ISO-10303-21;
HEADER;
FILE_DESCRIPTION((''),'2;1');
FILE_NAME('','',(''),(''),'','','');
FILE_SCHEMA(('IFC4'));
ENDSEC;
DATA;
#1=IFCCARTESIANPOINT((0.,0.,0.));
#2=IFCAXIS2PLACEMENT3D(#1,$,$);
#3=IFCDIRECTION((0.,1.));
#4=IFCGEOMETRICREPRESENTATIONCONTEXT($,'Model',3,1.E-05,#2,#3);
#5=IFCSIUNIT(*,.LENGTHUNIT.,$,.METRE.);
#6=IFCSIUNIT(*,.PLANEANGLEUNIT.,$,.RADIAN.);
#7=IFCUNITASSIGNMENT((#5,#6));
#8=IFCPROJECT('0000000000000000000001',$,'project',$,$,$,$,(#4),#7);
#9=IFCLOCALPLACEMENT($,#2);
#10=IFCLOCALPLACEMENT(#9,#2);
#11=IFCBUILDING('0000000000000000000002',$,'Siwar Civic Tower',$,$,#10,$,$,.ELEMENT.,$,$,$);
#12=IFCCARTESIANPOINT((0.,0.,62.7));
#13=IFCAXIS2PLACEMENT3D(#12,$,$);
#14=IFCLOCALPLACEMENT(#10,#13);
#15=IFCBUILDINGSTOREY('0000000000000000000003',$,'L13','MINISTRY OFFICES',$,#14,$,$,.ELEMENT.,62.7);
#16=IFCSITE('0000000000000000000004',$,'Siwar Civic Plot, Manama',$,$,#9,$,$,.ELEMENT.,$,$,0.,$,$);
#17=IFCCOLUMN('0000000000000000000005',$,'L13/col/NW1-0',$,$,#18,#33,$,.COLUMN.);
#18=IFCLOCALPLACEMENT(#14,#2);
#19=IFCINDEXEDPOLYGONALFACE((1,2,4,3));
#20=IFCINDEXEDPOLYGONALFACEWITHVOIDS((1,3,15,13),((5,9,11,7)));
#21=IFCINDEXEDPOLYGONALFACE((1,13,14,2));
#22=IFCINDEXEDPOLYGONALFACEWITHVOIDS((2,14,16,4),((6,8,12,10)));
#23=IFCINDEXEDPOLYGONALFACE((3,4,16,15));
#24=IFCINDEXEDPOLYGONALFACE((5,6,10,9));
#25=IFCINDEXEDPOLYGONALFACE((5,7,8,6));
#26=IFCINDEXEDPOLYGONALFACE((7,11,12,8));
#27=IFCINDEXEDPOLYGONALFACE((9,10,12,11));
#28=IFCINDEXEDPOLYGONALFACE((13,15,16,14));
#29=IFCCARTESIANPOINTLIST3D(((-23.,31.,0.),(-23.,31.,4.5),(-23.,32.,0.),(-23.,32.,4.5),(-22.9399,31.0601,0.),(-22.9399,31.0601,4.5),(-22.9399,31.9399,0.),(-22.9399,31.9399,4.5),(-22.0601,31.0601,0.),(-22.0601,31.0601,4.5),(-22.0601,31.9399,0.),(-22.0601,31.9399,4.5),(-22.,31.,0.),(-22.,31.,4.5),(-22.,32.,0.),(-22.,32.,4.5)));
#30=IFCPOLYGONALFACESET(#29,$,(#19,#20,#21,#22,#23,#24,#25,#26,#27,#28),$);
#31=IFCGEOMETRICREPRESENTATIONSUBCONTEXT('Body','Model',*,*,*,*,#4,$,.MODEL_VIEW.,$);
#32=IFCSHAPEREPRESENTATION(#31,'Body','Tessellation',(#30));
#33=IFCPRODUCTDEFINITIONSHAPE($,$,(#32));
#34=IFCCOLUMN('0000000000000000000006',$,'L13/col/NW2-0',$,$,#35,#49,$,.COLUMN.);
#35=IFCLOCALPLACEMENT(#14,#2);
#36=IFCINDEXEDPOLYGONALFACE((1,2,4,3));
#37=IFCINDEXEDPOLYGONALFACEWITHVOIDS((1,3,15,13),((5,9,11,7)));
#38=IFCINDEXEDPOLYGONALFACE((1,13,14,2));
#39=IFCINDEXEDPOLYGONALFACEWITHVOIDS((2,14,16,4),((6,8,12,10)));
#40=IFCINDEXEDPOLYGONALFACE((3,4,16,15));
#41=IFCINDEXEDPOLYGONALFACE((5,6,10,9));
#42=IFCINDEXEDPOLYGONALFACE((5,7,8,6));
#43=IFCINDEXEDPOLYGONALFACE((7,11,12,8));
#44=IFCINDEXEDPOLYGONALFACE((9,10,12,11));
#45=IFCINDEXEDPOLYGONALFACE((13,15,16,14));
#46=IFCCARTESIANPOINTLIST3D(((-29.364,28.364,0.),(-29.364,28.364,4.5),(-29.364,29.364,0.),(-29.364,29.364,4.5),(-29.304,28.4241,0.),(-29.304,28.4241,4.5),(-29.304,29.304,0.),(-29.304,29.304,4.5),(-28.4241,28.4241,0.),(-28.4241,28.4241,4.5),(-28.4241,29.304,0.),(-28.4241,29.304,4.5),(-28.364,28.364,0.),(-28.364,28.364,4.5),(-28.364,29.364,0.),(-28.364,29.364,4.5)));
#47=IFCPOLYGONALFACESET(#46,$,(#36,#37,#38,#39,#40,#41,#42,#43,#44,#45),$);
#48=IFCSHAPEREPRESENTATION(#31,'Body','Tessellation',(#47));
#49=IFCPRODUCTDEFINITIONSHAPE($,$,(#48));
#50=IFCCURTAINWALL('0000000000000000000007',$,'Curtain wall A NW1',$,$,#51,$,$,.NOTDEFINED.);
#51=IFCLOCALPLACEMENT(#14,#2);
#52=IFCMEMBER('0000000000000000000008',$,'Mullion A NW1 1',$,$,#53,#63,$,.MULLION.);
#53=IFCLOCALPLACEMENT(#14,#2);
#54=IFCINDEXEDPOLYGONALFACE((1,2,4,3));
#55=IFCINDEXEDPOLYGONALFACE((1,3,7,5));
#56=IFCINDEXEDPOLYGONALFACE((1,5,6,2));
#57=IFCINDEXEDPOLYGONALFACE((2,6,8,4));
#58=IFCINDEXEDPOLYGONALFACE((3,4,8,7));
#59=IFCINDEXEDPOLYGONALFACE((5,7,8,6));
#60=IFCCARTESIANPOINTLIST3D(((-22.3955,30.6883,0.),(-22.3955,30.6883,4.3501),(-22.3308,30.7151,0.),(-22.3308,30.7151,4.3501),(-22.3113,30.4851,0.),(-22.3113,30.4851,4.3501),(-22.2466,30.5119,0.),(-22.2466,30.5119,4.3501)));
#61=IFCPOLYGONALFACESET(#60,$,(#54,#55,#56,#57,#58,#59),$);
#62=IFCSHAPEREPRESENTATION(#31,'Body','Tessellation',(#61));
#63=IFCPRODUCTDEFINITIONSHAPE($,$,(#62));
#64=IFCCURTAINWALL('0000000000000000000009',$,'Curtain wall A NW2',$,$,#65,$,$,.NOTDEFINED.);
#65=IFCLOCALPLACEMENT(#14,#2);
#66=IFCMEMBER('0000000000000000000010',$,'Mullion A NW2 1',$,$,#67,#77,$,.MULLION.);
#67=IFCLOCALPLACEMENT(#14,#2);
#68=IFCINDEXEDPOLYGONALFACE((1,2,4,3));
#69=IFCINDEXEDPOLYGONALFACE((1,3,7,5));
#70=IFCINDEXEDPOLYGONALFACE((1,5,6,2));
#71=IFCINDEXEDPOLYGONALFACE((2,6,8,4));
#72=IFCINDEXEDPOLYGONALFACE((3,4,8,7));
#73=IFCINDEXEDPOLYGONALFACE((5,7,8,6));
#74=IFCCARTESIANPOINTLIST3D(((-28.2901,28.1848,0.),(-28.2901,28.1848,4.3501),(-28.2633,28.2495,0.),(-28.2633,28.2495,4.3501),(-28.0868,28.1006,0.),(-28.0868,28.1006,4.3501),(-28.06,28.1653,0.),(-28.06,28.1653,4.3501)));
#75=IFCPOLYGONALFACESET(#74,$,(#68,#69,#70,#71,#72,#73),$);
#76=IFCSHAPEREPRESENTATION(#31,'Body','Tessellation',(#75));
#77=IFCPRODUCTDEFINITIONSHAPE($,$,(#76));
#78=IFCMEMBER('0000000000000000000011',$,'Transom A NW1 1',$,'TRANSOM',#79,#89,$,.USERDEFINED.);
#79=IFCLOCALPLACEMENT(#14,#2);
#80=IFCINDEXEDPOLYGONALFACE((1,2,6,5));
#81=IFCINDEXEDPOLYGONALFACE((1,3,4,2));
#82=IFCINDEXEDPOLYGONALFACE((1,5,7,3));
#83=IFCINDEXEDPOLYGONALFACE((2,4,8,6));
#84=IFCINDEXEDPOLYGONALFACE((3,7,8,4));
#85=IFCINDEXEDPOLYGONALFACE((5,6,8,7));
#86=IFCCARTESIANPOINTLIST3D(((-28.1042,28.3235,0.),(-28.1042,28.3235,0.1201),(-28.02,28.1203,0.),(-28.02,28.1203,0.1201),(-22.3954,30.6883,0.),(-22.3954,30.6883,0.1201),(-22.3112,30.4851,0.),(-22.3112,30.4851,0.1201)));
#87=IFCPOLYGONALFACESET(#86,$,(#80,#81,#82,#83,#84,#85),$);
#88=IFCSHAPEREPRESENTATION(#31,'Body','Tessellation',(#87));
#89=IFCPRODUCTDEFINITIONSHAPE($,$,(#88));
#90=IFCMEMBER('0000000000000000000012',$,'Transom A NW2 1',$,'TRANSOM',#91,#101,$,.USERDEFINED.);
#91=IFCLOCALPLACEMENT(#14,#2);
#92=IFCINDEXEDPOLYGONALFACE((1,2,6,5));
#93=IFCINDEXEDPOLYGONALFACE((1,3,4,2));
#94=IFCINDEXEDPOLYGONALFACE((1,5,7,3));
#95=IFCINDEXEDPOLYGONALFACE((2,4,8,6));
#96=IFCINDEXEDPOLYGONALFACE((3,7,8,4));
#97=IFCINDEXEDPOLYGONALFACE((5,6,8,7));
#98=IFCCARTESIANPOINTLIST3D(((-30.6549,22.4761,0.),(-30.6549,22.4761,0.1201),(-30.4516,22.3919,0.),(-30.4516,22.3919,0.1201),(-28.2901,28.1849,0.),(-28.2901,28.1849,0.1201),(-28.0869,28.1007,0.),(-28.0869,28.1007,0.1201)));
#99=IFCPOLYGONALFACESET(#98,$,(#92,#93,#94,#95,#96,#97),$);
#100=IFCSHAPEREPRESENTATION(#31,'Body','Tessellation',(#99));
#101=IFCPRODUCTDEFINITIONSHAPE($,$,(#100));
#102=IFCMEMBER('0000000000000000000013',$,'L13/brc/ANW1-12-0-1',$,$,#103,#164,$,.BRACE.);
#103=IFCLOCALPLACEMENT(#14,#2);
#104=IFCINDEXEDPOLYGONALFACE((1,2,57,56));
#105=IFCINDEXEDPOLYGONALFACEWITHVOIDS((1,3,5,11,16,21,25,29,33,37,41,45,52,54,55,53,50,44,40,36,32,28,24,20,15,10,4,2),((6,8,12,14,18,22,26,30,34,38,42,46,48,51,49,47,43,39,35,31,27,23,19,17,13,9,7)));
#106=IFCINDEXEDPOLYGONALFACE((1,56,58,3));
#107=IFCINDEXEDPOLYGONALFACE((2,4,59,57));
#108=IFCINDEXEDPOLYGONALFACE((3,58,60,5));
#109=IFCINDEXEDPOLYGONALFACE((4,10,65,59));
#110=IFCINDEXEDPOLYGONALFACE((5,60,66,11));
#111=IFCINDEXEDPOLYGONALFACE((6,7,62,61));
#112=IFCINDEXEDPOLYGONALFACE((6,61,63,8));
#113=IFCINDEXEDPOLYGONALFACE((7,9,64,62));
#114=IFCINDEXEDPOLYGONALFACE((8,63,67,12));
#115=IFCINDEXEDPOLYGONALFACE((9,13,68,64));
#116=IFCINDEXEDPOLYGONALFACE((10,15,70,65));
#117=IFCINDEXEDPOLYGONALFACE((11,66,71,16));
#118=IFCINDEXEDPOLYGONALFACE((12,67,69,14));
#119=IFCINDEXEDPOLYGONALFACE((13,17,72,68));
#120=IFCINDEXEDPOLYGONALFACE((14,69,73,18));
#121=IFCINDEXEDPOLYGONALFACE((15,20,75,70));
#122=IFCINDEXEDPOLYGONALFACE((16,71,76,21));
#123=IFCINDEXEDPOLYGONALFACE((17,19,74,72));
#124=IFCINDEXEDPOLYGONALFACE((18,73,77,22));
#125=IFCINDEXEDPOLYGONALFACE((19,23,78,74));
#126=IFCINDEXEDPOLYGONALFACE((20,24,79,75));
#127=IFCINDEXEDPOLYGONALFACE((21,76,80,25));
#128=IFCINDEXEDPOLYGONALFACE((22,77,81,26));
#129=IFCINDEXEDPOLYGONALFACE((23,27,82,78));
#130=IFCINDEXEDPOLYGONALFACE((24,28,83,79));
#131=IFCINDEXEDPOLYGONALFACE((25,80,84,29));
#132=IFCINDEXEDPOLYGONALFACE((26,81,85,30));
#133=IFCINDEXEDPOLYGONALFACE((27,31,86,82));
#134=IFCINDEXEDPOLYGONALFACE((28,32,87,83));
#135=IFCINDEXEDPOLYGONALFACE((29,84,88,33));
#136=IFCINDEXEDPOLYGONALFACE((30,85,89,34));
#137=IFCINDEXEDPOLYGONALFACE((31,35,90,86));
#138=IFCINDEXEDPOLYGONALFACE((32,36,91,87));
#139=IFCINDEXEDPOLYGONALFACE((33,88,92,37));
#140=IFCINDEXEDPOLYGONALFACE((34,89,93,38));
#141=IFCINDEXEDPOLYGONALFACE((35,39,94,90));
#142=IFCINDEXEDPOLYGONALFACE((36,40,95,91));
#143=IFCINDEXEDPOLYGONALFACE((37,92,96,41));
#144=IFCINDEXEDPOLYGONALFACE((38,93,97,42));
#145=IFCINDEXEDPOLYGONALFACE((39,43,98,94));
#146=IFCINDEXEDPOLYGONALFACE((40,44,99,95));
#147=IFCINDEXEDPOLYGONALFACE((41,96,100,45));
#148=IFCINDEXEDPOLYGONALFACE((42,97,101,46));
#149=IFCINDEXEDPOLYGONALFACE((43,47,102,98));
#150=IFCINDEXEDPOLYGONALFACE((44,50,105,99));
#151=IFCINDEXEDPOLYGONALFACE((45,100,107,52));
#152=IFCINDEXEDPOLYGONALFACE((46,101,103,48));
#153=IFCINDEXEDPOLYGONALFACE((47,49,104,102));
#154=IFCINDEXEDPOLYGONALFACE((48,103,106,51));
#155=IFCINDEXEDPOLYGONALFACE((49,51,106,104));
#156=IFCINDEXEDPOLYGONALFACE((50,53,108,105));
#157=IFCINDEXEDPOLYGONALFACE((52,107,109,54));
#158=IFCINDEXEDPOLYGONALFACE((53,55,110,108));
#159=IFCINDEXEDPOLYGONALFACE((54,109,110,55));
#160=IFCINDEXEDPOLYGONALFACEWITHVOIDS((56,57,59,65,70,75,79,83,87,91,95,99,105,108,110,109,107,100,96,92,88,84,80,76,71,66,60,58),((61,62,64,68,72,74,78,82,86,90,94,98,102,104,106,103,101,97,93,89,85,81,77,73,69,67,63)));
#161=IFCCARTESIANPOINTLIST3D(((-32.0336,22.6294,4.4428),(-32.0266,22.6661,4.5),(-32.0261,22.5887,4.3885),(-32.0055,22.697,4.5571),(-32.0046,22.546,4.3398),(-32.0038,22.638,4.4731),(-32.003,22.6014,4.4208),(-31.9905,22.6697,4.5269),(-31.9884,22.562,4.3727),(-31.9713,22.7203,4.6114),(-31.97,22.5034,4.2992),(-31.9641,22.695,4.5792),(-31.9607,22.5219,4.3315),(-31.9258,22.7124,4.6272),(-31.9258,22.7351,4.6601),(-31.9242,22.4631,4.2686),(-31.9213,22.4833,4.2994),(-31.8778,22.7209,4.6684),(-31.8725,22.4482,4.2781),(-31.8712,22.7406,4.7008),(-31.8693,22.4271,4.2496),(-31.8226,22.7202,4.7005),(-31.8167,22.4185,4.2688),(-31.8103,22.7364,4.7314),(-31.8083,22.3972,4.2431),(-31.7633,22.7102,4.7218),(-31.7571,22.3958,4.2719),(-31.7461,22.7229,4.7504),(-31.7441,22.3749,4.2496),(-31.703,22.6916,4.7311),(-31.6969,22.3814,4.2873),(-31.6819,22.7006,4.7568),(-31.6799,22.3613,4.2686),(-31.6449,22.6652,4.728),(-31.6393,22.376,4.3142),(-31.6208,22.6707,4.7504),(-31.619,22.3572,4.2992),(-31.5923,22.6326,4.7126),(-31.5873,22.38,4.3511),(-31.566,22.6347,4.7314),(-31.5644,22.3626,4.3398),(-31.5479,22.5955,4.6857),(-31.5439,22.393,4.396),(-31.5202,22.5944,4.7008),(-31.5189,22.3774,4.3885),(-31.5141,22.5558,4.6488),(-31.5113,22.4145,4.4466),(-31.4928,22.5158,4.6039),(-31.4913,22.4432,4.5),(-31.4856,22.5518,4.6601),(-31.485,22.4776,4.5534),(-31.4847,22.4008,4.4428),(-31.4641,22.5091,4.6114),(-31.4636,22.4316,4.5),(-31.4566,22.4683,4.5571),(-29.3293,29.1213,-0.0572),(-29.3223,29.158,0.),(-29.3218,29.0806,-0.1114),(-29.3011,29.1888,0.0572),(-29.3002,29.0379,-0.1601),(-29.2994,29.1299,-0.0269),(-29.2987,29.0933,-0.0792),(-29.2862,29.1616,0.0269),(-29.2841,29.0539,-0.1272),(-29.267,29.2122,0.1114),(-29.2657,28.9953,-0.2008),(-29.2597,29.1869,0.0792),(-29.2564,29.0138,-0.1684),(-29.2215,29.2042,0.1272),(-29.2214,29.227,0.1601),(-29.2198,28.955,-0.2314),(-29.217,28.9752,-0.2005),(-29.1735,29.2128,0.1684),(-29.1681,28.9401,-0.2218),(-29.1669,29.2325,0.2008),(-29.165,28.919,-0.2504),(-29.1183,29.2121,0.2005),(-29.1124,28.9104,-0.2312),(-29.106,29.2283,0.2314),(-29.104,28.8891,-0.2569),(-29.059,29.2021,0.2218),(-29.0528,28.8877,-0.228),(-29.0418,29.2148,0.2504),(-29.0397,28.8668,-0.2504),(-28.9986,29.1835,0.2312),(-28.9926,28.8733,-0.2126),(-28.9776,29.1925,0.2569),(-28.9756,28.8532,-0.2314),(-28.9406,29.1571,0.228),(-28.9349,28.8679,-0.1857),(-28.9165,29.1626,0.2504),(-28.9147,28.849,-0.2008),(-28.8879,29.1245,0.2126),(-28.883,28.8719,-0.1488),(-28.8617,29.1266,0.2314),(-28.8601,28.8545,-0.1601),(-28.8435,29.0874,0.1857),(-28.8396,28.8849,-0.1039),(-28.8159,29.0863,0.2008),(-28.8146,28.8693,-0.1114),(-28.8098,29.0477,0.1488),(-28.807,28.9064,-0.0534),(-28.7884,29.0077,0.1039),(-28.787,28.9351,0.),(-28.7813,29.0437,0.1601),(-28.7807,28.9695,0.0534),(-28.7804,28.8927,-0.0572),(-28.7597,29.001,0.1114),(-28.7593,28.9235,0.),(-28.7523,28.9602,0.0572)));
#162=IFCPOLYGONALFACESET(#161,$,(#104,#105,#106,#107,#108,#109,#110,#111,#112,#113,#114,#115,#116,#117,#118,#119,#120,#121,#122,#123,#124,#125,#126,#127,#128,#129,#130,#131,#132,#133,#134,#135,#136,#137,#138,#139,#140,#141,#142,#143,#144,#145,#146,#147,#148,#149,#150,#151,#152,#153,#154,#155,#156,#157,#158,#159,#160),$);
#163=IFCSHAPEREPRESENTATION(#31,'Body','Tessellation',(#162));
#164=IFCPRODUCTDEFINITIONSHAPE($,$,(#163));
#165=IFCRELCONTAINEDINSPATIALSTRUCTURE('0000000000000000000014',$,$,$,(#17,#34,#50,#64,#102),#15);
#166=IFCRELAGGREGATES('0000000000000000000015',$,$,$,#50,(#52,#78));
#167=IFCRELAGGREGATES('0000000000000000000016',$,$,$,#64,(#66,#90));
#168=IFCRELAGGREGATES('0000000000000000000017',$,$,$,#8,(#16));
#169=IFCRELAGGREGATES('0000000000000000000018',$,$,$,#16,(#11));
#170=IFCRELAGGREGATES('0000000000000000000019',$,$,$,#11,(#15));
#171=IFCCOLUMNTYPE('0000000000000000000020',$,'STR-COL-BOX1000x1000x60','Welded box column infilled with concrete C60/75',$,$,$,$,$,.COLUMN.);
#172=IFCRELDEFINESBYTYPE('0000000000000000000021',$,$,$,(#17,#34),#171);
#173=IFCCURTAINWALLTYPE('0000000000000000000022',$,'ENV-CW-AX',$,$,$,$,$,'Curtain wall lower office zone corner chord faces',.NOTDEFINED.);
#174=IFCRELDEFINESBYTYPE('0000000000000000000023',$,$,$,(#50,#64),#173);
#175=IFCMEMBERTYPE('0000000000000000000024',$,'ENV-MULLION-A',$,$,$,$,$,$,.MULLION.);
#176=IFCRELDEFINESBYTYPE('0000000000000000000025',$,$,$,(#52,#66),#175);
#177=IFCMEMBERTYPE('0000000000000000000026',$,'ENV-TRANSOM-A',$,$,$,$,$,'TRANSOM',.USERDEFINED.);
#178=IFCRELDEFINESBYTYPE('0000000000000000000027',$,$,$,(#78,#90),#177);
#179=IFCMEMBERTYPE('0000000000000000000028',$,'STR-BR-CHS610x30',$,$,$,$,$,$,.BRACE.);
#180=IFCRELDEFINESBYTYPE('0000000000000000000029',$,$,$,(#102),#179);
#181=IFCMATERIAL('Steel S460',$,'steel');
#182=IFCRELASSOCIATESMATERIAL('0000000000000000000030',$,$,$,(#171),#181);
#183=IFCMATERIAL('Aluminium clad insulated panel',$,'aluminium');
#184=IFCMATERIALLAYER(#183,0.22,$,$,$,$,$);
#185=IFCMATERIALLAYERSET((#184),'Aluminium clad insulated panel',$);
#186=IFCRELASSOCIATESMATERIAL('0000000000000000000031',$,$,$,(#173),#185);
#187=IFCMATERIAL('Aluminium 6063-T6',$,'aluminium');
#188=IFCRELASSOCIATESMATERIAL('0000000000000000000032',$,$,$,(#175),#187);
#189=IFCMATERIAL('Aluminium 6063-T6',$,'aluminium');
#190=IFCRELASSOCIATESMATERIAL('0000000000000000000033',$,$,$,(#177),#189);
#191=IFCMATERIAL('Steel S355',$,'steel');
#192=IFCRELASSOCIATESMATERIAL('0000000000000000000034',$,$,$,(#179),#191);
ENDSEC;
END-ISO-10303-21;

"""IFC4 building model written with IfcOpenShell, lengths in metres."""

from ifc_helpers import new_model, si_unit, direction, frame, origin, origin_2d, place, context, subcontext, project, spatial, rectangle, hollow_rectangle, hollow_circle, extrude, material, layer, layer_set, material_profile, profile_set, type_object, element, aggregate, save


model = new_model("IFC4")

# Units and contexts
model_context = context("Model", 3, precision=1e-05, world=origin(), true_north=direction((0.0, 1.0)))
body_context = subcontext(model_context, "Body", "Model", "MODEL_VIEW")
ifc_project = project(units=[si_unit("LENGTHUNIT", "METRE"), si_unit("PLANEANGLEUNIT", "RADIAN")], contexts=[model_context])

# Site, building, storey
site_placement = place(None, origin())
site = spatial("IfcSite", under=ifc_project, at=site_placement, Name="Siwar Civic Plot, Manama", CompositionType="ELEMENT", RefElevation=0.0)
building_placement = place(site_placement, origin())
building = spatial("IfcBuilding", under=site, at=building_placement, Name="Siwar Civic Tower", CompositionType="ELEMENT")
storey_placement = place(building_placement, frame((0.0, 0.0, 62.7)))
storey = spatial("IfcBuildingStorey", under=building, at=storey_placement, Name="L13", Description="MINISTRY OFFICES", CompositionType="ELEMENT", Elevation=62.7)

# Columns
ifc_material_1 = material(Name="Steel S460", Category="steel")
ifc_material_profile_1 = material_profile(ifc_material_1, hollow_rectangle(XDim=1.0, YDim=1.0, WallThickness=0.0601, at=origin_2d()), Name="BOX1000x1000x60")
ifc_profile_set_1 = profile_set([ifc_material_profile_1], Name="Steel S460")
column_type = type_object("IfcColumnType", Name="STR-COL-BOX1000x1000x60", Description="Welded box column infilled with concrete C60/75", PredefinedType="COLUMN", material=ifc_profile_set_1)
for number, where, z_axis, x_axis, name in (
    (1, (-22.5, 31.5, 0.0), (0.0, 0.0, 1.0), (1.0, 0.0, 0.0), "L13/col/NW1-0"),
    (2, (-28.864, 28.864, 0.0), (0.0, 0.0, 1.0), (1.0, 0.0, 0.0), "L13/col/NW2-0"),
):
    element("IfcColumn", number, at=place(storey_placement, frame(where, z_axis=z_axis, x_axis=x_axis)), inside=storey, type_object=column_type, Name=name, PredefinedType="COLUMN", context=body_context, shape_type="SweptSolid", body=[
        extrude(hollow_rectangle(XDim=1.0, YDim=1.0, WallThickness=0.0601, at=origin_2d()), origin(), (0.0, 0.0, 1.0), 4.5),
    ])

# Curtain walls, members
ifc_material_2 = material(Name="Aluminium clad insulated panel", Category="aluminium")
ifc_layer_1 = layer(ifc_material_2, 0.22)
ifc_layer_set_1 = layer_set([ifc_layer_1], Name="Aluminium clad insulated panel")
curtain_wall_type_1 = type_object("IfcCurtainWallType", Name="ENV-CW-AX", ElementType="Curtain wall lower office zone corner chord faces", PredefinedType="NOTDEFINED", material=ifc_layer_set_1)
curtain_wall_1_placement = place(storey_placement, origin())
curtain_wall_1 = element("IfcCurtainWall", 3, at=curtain_wall_1_placement, inside=storey, type_object=curtain_wall_type_1, Name="Curtain wall A NW1", PredefinedType="NOTDEFINED")
ifc_material_3 = material(Name="Aluminium 6063-T6", Category="aluminium")
ifc_material_profile_2 = material_profile(ifc_material_3, rectangle(XDim=0.22, YDim=0.0701, at=origin_2d()), Name="AL 220x70")
ifc_profile_set_2 = profile_set([ifc_material_profile_2], Name="Aluminium 6063-T6")
member_type_1 = type_object("IfcMemberType", Name="ENV-MULLION-A", PredefinedType="MULLION", material=ifc_profile_set_2)
member_1_placement = place(storey_placement, frame((-22.321, 30.6001, 0.0), z_axis=(0.0, 0.0, 1.0), x_axis=(0.382683, -0.92388, 0.0)))
member_1 = element("IfcMember", 4, at=member_1_placement, type_object=member_type_1, Name="Mullion A NW1 1", PredefinedType="MULLION", context=body_context, shape_type="SweptSolid", body=[
    extrude(rectangle(XDim=0.22, YDim=0.0701, at=origin_2d()), origin(), (0.0, 0.0, 1.0), 4.3501),
])
curtain_wall_2_placement = place(storey_placement, origin())
curtain_wall_2 = element("IfcCurtainWall", 5, at=curtain_wall_2_placement, inside=storey, type_object=curtain_wall_type_1, Name="Curtain wall A NW2", PredefinedType="NOTDEFINED")
member_2_placement = place(storey_placement, frame((-28.175, 28.175, 0.0), z_axis=(0.0, 0.0, 1.0), x_axis=(0.92388, -0.382683, 0.0)))
member_2 = element("IfcMember", 6, at=member_2_placement, type_object=member_type_1, Name="Mullion A NW2 1", PredefinedType="MULLION", context=body_context, shape_type="SweptSolid", body=[
    extrude(rectangle(XDim=0.22, YDim=0.0701, at=origin_2d()), origin(), (0.0, 0.0, 1.0), 4.3501),
])

# Members
ifc_material_4 = material(Name="Aluminium 6063-T6", Category="aluminium")
ifc_material_profile_3 = material_profile(ifc_material_4, rectangle(XDim=0.22, YDim=0.1201, at=origin_2d()), Name="AL 220x120")
ifc_profile_set_3 = profile_set([ifc_material_profile_3], Name="Aluminium 6063-T6")
member_type_2 = type_object("IfcMemberType", Name="ENV-TRANSOM-A", ElementType="TRANSOM", PredefinedType="USERDEFINED", material=ifc_profile_set_3)
member_3_placement = place(storey_placement, frame((-22.3533, 30.5867, 0.0601), z_axis=(-0.923873, -0.382698, 0.0), x_axis=(0.382698, -0.923873, 0.0)))
member_3 = element("IfcMember", 7, at=member_3_placement, type_object=member_type_2, Name="Transom A NW1 1", ObjectType="TRANSOM", PredefinedType="USERDEFINED", context=body_context, shape_type="SweptSolid", body=[
    extrude(rectangle(XDim=0.22, YDim=0.1201, at=origin_2d()), origin(), (0.0, 0.0, 1.0), 6.1792),
])
member_4_placement = place(storey_placement, frame((-28.1885, 28.1428, 0.0601), z_axis=(-0.382698, -0.923873, 0.0), x_axis=(0.923873, -0.382698, 0.0)))
member_4 = element("IfcMember", 8, at=member_4_placement, type_object=member_type_2, Name="Transom A NW2 1", ObjectType="TRANSOM", PredefinedType="USERDEFINED", context=body_context, shape_type="SweptSolid", body=[
    extrude(rectangle(XDim=0.22, YDim=0.1201, at=origin_2d()), origin(), (0.0, 0.0, 1.0), 6.1792),
])

# Member
ifc_material_5 = material(Name="Steel S355", Category="steel")
ifc_material_profile_4 = material_profile(ifc_material_5, hollow_circle(Radius=0.3049, WallThickness=0.03, at=origin_2d()), Name="CHS610x30")
ifc_profile_set_4 = profile_set([ifc_material_profile_4], Name="Steel S355")
member_type_3 = type_object("IfcMemberType", Name="STR-BR-CHS610x30", PredefinedType="BRACE", material=ifc_profile_set_4)
member_5_placement = place(storey_placement, frame((-29.0408, 29.0408, 0.0), z_axis=(-0.323906, -0.777555, 0.538975), x_axis=(0.923109, -0.384539, 0.0)))
element("IfcMember", 9, at=member_5_placement, inside=storey, type_object=member_type_3, Name="L13/brc/ANW1-12-0-1", PredefinedType="BRACE", context=body_context, shape_type="SweptSolid", body=[
    extrude(hollow_circle(Radius=0.3049, WallThickness=0.03, at=origin_2d()), origin(), (0.0, 0.0, 1.0), 8.3491),
])

aggregate(curtain_wall_1, [member_1, member_3])
aggregate(curtain_wall_2, [member_2, member_4])

save(model, "model.ifc")
